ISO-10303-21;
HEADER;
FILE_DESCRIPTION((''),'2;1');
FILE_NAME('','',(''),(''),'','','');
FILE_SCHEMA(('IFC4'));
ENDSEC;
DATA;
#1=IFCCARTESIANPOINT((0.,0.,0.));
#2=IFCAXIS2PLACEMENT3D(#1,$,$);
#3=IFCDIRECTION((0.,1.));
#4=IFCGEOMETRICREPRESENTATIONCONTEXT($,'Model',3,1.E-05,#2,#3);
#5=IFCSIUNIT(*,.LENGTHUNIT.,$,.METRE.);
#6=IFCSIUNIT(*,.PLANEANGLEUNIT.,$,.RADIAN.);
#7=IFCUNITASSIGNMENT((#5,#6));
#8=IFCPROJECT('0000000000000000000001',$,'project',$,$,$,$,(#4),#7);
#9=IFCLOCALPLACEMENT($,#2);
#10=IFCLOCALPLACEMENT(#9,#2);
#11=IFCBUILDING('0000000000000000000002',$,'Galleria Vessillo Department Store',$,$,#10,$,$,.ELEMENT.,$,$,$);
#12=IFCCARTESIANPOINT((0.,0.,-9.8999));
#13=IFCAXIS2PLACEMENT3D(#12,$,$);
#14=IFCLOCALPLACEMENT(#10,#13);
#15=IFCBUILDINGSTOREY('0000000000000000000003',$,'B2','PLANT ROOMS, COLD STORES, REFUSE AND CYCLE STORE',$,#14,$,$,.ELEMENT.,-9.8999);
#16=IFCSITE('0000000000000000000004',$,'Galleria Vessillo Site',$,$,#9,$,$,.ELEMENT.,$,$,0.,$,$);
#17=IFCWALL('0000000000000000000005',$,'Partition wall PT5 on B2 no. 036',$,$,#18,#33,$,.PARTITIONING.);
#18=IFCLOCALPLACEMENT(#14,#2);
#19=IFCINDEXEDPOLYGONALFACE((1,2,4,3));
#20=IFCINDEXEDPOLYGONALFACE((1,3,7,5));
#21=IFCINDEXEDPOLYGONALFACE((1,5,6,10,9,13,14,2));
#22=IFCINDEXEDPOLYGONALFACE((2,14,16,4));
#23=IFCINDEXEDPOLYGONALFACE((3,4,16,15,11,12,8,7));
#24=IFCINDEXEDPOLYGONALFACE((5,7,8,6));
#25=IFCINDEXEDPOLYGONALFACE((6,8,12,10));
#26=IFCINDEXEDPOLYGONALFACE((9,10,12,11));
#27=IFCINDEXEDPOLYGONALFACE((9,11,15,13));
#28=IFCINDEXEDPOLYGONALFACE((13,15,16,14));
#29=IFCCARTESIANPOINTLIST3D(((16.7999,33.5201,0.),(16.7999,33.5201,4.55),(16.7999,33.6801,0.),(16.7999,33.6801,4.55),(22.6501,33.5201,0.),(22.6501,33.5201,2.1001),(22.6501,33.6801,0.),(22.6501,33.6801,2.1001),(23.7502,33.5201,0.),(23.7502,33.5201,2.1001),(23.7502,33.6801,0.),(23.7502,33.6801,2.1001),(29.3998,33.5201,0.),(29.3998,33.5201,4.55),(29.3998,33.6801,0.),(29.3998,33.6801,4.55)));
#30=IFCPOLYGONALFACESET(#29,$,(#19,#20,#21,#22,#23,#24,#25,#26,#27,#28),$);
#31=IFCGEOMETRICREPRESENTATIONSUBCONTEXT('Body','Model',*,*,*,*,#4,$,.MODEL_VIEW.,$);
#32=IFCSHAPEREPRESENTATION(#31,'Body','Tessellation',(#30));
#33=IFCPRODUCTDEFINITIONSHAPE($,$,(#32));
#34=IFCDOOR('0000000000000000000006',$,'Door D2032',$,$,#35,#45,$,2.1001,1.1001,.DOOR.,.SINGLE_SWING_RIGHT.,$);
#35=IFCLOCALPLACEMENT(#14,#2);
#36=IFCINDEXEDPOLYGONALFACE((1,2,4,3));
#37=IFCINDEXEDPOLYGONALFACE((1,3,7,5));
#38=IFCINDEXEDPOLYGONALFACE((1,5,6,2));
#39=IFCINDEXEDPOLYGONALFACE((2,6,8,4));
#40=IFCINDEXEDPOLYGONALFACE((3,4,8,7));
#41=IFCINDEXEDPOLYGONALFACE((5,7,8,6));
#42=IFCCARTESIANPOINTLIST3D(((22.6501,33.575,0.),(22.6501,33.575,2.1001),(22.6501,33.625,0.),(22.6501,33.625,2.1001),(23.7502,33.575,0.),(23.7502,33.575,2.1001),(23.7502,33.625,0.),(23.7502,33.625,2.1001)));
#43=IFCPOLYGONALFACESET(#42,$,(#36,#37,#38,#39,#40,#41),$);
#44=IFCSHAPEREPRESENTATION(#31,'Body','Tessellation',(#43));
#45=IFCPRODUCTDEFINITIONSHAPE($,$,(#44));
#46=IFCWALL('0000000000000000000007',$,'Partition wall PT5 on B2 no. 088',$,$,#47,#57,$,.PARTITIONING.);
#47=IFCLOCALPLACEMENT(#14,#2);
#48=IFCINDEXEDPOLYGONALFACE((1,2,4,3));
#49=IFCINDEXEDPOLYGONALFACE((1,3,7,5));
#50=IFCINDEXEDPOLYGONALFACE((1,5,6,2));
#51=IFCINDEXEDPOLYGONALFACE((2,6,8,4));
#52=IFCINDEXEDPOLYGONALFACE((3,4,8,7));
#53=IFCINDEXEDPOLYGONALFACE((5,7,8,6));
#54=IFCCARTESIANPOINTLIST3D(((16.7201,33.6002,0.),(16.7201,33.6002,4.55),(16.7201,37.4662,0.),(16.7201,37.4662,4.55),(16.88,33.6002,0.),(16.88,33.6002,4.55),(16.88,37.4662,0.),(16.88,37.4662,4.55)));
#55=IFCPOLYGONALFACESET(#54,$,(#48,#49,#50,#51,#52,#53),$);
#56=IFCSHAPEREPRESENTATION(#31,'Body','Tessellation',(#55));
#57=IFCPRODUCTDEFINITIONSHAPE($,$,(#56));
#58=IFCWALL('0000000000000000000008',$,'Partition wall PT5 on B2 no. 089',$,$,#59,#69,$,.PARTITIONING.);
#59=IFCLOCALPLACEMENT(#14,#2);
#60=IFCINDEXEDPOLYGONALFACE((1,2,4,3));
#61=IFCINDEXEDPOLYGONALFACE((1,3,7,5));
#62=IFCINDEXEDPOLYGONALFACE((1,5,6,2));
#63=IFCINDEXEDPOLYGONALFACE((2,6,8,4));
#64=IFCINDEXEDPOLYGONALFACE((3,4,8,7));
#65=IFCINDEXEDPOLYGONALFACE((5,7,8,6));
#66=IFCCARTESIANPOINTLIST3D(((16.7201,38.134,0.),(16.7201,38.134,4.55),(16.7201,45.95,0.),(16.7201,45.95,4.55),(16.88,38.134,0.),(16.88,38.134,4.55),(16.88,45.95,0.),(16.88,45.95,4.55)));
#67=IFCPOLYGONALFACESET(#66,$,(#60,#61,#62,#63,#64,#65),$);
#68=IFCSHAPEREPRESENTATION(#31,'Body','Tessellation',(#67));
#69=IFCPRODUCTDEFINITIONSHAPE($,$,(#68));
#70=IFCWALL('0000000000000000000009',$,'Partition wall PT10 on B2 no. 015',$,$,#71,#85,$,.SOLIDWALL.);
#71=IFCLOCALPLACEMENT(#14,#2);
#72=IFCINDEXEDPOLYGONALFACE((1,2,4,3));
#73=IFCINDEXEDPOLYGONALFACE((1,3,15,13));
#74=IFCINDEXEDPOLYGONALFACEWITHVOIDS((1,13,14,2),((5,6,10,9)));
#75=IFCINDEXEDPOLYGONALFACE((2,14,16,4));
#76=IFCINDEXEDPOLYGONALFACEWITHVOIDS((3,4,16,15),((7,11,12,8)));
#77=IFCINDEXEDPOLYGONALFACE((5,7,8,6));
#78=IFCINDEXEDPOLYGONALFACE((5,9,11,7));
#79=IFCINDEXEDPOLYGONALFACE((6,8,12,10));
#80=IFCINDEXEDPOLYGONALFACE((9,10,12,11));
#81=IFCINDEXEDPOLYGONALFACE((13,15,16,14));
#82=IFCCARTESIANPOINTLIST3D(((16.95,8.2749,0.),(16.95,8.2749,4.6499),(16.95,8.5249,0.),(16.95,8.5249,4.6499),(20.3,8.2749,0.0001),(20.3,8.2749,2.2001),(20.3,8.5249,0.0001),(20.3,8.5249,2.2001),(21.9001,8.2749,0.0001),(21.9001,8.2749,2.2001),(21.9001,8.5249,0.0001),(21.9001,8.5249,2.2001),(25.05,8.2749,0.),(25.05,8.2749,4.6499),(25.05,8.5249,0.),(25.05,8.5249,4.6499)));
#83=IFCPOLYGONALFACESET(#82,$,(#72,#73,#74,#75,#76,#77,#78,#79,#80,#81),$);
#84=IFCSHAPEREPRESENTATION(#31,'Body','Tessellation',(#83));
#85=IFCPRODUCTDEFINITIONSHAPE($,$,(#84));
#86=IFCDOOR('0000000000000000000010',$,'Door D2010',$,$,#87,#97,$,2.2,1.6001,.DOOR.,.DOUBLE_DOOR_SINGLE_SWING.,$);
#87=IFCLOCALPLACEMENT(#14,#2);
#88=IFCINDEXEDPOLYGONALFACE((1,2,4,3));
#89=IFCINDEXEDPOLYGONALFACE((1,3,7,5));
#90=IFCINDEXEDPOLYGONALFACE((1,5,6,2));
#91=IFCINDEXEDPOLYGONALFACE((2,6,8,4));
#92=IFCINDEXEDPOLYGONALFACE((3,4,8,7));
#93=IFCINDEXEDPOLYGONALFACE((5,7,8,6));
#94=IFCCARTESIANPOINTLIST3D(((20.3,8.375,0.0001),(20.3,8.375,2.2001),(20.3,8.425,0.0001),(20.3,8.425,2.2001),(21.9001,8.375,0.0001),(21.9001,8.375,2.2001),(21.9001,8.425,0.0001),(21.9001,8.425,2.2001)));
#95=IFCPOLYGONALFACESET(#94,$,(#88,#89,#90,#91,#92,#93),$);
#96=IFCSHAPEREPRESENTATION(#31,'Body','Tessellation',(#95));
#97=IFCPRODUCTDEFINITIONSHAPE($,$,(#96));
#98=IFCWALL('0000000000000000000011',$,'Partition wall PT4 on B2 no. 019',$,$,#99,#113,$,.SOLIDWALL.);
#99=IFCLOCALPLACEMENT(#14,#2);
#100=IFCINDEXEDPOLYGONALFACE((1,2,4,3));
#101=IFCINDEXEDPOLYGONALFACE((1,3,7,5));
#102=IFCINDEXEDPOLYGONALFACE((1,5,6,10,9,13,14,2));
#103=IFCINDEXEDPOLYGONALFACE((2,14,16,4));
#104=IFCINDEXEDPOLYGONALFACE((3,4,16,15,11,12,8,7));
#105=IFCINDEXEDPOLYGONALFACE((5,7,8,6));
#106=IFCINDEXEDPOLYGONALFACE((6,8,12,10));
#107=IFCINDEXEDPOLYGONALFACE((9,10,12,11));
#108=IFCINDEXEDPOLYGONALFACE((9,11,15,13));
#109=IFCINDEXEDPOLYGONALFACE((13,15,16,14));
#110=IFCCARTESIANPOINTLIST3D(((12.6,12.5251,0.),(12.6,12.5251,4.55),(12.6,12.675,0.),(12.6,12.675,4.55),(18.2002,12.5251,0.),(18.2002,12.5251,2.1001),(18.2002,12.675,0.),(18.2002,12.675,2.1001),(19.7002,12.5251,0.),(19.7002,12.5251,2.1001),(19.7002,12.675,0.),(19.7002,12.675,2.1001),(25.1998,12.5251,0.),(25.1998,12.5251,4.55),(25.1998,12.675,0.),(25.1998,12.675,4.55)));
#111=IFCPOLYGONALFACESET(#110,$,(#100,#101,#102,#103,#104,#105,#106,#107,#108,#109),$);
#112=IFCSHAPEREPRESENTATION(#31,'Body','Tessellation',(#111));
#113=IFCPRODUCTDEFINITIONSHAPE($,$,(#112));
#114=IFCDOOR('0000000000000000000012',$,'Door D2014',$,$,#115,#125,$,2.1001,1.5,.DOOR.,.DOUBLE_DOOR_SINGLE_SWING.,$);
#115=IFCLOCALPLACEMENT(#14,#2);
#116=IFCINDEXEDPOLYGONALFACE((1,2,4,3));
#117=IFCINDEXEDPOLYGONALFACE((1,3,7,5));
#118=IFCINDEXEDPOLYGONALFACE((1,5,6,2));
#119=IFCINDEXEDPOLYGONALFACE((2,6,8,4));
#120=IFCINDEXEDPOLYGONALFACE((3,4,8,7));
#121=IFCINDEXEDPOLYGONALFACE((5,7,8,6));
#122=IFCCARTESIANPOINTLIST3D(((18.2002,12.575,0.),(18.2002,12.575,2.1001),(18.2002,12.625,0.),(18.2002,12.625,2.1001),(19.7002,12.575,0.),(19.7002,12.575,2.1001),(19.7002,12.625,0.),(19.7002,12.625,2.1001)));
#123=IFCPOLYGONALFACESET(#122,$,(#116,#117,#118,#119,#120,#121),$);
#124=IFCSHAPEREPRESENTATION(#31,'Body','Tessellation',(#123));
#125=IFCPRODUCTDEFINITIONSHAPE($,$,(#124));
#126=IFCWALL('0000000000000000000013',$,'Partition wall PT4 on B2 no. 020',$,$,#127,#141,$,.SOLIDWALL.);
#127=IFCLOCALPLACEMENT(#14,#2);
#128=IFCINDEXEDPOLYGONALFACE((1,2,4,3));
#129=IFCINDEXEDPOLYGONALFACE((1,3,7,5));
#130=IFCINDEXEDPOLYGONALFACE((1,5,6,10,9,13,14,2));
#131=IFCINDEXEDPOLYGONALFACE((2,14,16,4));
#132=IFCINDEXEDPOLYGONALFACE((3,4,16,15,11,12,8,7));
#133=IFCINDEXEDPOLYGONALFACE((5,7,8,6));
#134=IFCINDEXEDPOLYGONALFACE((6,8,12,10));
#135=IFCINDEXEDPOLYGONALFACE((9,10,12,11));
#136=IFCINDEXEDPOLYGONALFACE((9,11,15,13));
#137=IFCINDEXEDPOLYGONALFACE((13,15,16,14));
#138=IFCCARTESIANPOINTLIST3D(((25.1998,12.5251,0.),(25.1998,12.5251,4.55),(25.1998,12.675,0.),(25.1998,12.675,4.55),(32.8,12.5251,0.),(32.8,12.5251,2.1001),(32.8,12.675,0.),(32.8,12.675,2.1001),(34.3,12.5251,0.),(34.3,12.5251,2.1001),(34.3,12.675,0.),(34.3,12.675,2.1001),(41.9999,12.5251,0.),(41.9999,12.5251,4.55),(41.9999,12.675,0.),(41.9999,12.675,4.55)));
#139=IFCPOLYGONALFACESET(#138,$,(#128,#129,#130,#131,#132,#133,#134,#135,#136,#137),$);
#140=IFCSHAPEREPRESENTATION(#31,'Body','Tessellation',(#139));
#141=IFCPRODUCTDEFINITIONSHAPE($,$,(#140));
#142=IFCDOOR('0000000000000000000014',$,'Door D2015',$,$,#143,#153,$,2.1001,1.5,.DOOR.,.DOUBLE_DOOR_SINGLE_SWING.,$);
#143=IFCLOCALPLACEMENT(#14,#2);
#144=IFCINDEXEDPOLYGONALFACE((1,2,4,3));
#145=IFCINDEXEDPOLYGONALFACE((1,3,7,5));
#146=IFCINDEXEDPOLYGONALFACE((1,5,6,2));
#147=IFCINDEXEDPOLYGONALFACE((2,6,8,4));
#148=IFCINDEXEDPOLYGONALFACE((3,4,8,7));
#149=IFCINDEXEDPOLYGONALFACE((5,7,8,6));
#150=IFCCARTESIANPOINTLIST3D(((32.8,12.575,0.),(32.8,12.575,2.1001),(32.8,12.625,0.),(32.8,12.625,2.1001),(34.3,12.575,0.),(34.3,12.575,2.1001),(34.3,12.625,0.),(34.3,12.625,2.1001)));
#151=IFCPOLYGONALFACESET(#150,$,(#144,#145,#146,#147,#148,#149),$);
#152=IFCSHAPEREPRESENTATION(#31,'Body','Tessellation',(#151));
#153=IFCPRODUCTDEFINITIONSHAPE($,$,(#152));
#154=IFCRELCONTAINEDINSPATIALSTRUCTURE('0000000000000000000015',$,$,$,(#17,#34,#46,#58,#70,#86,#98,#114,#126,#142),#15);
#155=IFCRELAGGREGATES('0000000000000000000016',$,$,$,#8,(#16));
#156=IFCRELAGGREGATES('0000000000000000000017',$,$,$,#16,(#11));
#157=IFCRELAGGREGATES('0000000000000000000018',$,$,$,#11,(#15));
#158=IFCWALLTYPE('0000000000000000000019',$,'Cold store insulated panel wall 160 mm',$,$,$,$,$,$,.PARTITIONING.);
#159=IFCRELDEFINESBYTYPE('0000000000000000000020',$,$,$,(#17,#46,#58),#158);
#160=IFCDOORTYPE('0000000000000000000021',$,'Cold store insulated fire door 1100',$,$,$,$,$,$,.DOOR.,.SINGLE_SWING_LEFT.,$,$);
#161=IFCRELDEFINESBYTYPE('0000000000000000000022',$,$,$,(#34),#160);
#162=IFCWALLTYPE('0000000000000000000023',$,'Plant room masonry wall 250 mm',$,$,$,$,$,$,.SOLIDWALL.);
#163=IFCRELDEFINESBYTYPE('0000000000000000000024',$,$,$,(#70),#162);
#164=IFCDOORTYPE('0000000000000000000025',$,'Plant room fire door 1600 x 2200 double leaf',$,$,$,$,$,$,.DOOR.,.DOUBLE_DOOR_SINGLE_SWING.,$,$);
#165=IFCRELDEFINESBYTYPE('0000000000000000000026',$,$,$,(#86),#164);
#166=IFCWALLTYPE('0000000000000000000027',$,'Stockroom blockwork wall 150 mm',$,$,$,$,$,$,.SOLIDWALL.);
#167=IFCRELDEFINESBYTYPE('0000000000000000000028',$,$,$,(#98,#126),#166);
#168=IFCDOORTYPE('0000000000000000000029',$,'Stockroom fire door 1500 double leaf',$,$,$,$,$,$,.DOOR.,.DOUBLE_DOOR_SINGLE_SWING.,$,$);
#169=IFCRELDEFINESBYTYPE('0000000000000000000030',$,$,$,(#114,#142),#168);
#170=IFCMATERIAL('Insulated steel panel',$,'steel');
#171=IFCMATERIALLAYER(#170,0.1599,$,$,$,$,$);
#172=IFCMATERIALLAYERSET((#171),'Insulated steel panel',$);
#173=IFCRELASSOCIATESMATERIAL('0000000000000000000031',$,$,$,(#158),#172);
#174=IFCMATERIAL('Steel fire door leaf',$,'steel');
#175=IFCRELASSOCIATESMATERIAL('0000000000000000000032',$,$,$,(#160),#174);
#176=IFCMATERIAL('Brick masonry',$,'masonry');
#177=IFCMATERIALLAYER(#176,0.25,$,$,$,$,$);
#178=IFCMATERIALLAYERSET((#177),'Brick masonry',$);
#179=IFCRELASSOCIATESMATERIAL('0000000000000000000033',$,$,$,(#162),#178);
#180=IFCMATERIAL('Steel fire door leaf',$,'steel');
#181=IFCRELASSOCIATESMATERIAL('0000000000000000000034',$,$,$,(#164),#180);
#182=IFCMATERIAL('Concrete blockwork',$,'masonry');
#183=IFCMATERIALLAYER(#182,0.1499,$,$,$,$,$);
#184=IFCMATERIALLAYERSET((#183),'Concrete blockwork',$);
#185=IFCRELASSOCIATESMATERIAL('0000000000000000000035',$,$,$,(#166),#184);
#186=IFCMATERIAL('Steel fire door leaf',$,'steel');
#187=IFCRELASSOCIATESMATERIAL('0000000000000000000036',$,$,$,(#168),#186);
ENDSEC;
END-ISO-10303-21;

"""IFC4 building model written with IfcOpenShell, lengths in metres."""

from ifc_helpers import new_model, si_unit, direction, frame, frame_2d, origin, place, context, subcontext, project, spatial, rectangle, extrude, material, layer, layer_set, type_object, element, fill, save


model = new_model("IFC4")

# Units and contexts
model_context = context("Model", 3, precision=1e-05, world=origin(), true_north=direction((0.0, 1.0)))
body_context = subcontext(model_context, "Body", "Model", "MODEL_VIEW")
ifc_project = project(units=[si_unit("LENGTHUNIT", "METRE"), si_unit("PLANEANGLEUNIT", "RADIAN")], contexts=[model_context])

# Site, building, storey
site_placement = place(None, origin())
site = spatial("IfcSite", under=ifc_project, at=site_placement, Name="Galleria Vessillo Site", CompositionType="ELEMENT", RefElevation=0.0)
building_placement = place(site_placement, origin())
building = spatial("IfcBuilding", under=site, at=building_placement, Name="Galleria Vessillo Department Store", CompositionType="ELEMENT")
storey_placement = place(building_placement, frame((0.0, 0.0, -9.8999)))
storey = spatial("IfcBuildingStorey", under=building, at=storey_placement, Name="B2", Description="PLANT ROOMS, COLD STORES, REFUSE AND CYCLE STORE", CompositionType="ELEMENT", Elevation=-9.8999)

# Wall, opening, door
ifc_material_1 = material(Name="Insulated steel panel", Category="steel")
ifc_layer_1 = layer(ifc_material_1, 0.1599)
ifc_layer_set_1 = layer_set([ifc_layer_1], Name="Insulated steel panel")
wall_type_1 = type_object("IfcWallType", Name="Cold store insulated panel wall 160 mm", PredefinedType="PARTITIONING", material=ifc_layer_set_1)
wall_1_placement = place(storey_placement, frame((16.8, 33.6001, 0.0), z_axis=(0.0, 0.0, 1.0), x_axis=(1.0, 0.0, 0.0)))
wall_1 = element("IfcWall", 1, at=wall_1_placement, inside=storey, type_object=wall_type_1, Name="Partition wall PT5 on B2 no. 036", PredefinedType="PARTITIONING", context=body_context, shape_type="SweptSolid", body=[
    extrude(rectangle(XDim=12.5999, YDim=0.1599, at=frame_2d((6.2998, 0.0))), origin(), (0.0, 0.0, 1.0), 4.55),
])
opening_1_placement = place(wall_1_placement, frame((5.8501, 0.0, 0.0)))
opening_1 = element("IfcOpeningElement", 2, at=opening_1_placement, cuts=wall_1, PredefinedType="OPENING", context=body_context, shape_type="SweptSolid", body=[
    extrude(rectangle(XDim=1.1001, YDim=2.1001, at=frame_2d((0.55, 1.05))), frame((0.0, 0.0898, 0.0), z_axis=(0.0, -1.0, 0.0), x_axis=(1.0, 0.0, 0.0)), (0.0, 0.0, 1.0), 0.1799),
])
ifc_material_2 = material(Name="Steel fire door leaf", Category="steel")
door_type_1 = type_object("IfcDoorType", Name="Cold store insulated fire door 1100", OperationType="SINGLE_SWING_LEFT", PredefinedType="DOOR", material=ifc_material_2)
door_1_placement = place(opening_1_placement, origin())
door_1 = element("IfcDoor", 3, at=door_1_placement, inside=storey, type_object=door_type_1, Name="Door D2032", OperationType="SINGLE_SWING_RIGHT", OverallHeight=2.1001, OverallWidth=1.1001, PredefinedType="DOOR", context=body_context, shape_type="SweptSolid", body=[
    extrude(rectangle(XDim=1.1001, YDim=2.1001, at=frame_2d((0.55, 1.05))), frame((0.0, 0.0249, 0.0), z_axis=(0.0, -1.0, 0.0), x_axis=(1.0, 0.0, 0.0)), (0.0, 0.0, 1.0), 0.05),
])
fill(opening_1, door_1)

# Walls
wall_2_placement = place(storey_placement, frame((16.8, 33.6001, 0.0), z_axis=(0.0, 0.0, 1.0), x_axis=(0.0, 1.0, 0.0)))
element("IfcWall", 4, at=wall_2_placement, inside=storey, type_object=wall_type_1, Name="Partition wall PT5 on B2 no. 088", PredefinedType="PARTITIONING", context=body_context, shape_type="SweptSolid", body=[
    extrude(rectangle(XDim=3.866, YDim=0.1599, at=frame_2d((1.9331, 0.0))), origin(), (0.0, 0.0, 1.0), 4.55),
])
wall_3_placement = place(storey_placement, frame((16.8, 38.134, 0.0), z_axis=(0.0, 0.0, 1.0), x_axis=(0.0, 1.0, 0.0)))
element("IfcWall", 5, at=wall_3_placement, inside=storey, type_object=wall_type_1, Name="Partition wall PT5 on B2 no. 089", PredefinedType="PARTITIONING", context=body_context, shape_type="SweptSolid", body=[
    extrude(rectangle(XDim=7.8159, YDim=0.1599, at=frame_2d((3.908, 0.0))), origin(), (0.0, 0.0, 1.0), 4.55),
])

# Walls, openings, doors
ifc_material_3 = material(Name="Brick masonry", Category="masonry")
ifc_layer_2 = layer(ifc_material_3, 0.25)
ifc_layer_set_2 = layer_set([ifc_layer_2], Name="Brick masonry")
wall_type_2 = type_object("IfcWallType", Name="Plant room masonry wall 250 mm", PredefinedType="SOLIDWALL", material=ifc_layer_set_2)
wall_4_placement = place(storey_placement, frame((16.95, 8.3999, 0.0), z_axis=(0.0, 0.0, 1.0), x_axis=(1.0, 0.0, 0.0)))
wall_4 = element("IfcWall", 6, at=wall_4_placement, inside=storey, type_object=wall_type_2, Name="Partition wall PT10 on B2 no. 015", PredefinedType="SOLIDWALL", context=body_context, shape_type="SweptSolid", body=[
    extrude(rectangle(XDim=8.1001, YDim=0.25, at=frame_2d((4.05, 0.0))), origin(), (0.0, 0.0, 1.0), 4.6499),
])
opening_2_placement = place(wall_4_placement, frame((3.3501, 0.0, 0.0)))
opening_2 = element("IfcOpeningElement", 7, at=opening_2_placement, cuts=wall_4, PredefinedType="OPENING", context=body_context, shape_type="SweptSolid", body=[
    extrude(rectangle(XDim=1.6001, YDim=2.2, at=frame_2d((0.8, 1.1001))), frame((0.0, 0.135, 0.0), z_axis=(0.0, -1.0, 0.0), x_axis=(1.0, 0.0, 0.0)), (0.0, 0.0, 1.0), 0.27),
])
ifc_material_4 = material(Name="Steel fire door leaf", Category="steel")
door_type_2 = type_object("IfcDoorType", Name="Plant room fire door 1600 x 2200 double leaf", OperationType="DOUBLE_DOOR_SINGLE_SWING", PredefinedType="DOOR", material=ifc_material_4)
door_2_placement = place(opening_2_placement, frame((1.6001, 0.0, 0.0), z_axis=(0.0, 0.0, 1.0), x_axis=(-1.0, 0.0, 0.0)))
door_2 = element("IfcDoor", 8, at=door_2_placement, inside=storey, type_object=door_type_2, Name="Door D2010", OperationType="DOUBLE_DOOR_SINGLE_SWING", OverallHeight=2.2, OverallWidth=1.6001, PredefinedType="DOOR", context=body_context, shape_type="SweptSolid", body=[
    extrude(rectangle(XDim=1.6001, YDim=2.2, at=frame_2d((0.8, 1.1001))), frame((0.0, 0.0249, 0.0), z_axis=(0.0, -1.0, 0.0), x_axis=(1.0, 0.0, 0.0)), (0.0, 0.0, 1.0), 0.05),
])
fill(opening_2, door_2)
ifc_material_5 = material(Name="Concrete blockwork", Category="masonry")
ifc_layer_3 = layer(ifc_material_5, 0.1499)
ifc_layer_set_3 = layer_set([ifc_layer_3], Name="Concrete blockwork")
wall_type_3 = type_object("IfcWallType", Name="Stockroom blockwork wall 150 mm", PredefinedType="SOLIDWALL", material=ifc_layer_set_3)
wall_5_placement = place(storey_placement, frame((12.6001, 12.6001, 0.0), z_axis=(0.0, 0.0, 1.0), x_axis=(1.0, 0.0, 0.0)))
wall_5 = element("IfcWall", 9, at=wall_5_placement, inside=storey, type_object=wall_type_3, Name="Partition wall PT4 on B2 no. 019", PredefinedType="SOLIDWALL", context=body_context, shape_type="SweptSolid", body=[
    extrude(rectangle(XDim=12.5999, YDim=0.1499, at=frame_2d((6.2998, 0.0))), origin(), (0.0, 0.0, 1.0), 4.55),
])
opening_3_placement = place(wall_5_placement, frame((5.6001, 0.0, 0.0)))
opening_3 = element("IfcOpeningElement", 10, at=opening_3_placement, cuts=wall_5, PredefinedType="OPENING", context=body_context, shape_type="SweptSolid", body=[
    extrude(rectangle(XDim=1.5, YDim=2.1001, at=frame_2d((0.75, 1.05))), frame((0.0, 0.085, 0.0), z_axis=(0.0, -1.0, 0.0), x_axis=(1.0, 0.0, 0.0)), (0.0, 0.0, 1.0), 0.1699),
])
ifc_material_6 = material(Name="Steel fire door leaf", Category="steel")
door_type_3 = type_object("IfcDoorType", Name="Stockroom fire door 1500 double leaf", OperationType="DOUBLE_DOOR_SINGLE_SWING", PredefinedType="DOOR", material=ifc_material_6)
door_3_placement = place(opening_3_placement, origin())
door_3 = element("IfcDoor", 11, at=door_3_placement, inside=storey, type_object=door_type_3, Name="Door D2014", OperationType="DOUBLE_DOOR_SINGLE_SWING", OverallHeight=2.1001, OverallWidth=1.5, PredefinedType="DOOR", context=body_context, shape_type="SweptSolid", body=[
    extrude(rectangle(XDim=1.5, YDim=2.1001, at=frame_2d((0.75, 1.05))), frame((0.0, 0.0249, 0.0), z_axis=(0.0, -1.0, 0.0), x_axis=(1.0, 0.0, 0.0)), (0.0, 0.0, 1.0), 0.05),
])
fill(opening_3, door_3)
wall_6_placement = place(storey_placement, frame((25.2, 12.6001, 0.0), z_axis=(0.0, 0.0, 1.0), x_axis=(1.0, 0.0, 0.0)))
wall_6 = element("IfcWall", 12, at=wall_6_placement, inside=storey, type_object=wall_type_3, Name="Partition wall PT4 on B2 no. 020", PredefinedType="SOLIDWALL", context=body_context, shape_type="SweptSolid", body=[
    extrude(rectangle(XDim=16.8, YDim=0.1499, at=frame_2d((8.3999, 0.0))), origin(), (0.0, 0.0, 1.0), 4.55),
])
opening_4_placement = place(wall_6_placement, frame((7.6001, 0.0, 0.0)))
opening_4 = element("IfcOpeningElement", 13, at=opening_4_placement, cuts=wall_6, PredefinedType="OPENING", context=body_context, shape_type="SweptSolid", body=[
    extrude(rectangle(XDim=1.5, YDim=2.1001, at=frame_2d((0.75, 1.05))), frame((0.0, 0.085, 0.0), z_axis=(0.0, -1.0, 0.0), x_axis=(1.0, 0.0, 0.0)), (0.0, 0.0, 1.0), 0.1699),
])
door_4_placement = place(opening_4_placement, origin())
door_4 = element("IfcDoor", 14, at=door_4_placement, inside=storey, type_object=door_type_3, Name="Door D2015", OperationType="DOUBLE_DOOR_SINGLE_SWING", OverallHeight=2.1001, OverallWidth=1.5, PredefinedType="DOOR", context=body_context, shape_type="SweptSolid", body=[
    extrude(rectangle(XDim=1.5, YDim=2.1001, at=frame_2d((0.75, 1.05))), frame((0.0, 0.0249, 0.0), z_axis=(0.0, -1.0, 0.0), x_axis=(1.0, 0.0, 0.0)), (0.0, 0.0, 1.0), 0.05),
])
fill(opening_4, door_4)

save(model, "model.ifc")
